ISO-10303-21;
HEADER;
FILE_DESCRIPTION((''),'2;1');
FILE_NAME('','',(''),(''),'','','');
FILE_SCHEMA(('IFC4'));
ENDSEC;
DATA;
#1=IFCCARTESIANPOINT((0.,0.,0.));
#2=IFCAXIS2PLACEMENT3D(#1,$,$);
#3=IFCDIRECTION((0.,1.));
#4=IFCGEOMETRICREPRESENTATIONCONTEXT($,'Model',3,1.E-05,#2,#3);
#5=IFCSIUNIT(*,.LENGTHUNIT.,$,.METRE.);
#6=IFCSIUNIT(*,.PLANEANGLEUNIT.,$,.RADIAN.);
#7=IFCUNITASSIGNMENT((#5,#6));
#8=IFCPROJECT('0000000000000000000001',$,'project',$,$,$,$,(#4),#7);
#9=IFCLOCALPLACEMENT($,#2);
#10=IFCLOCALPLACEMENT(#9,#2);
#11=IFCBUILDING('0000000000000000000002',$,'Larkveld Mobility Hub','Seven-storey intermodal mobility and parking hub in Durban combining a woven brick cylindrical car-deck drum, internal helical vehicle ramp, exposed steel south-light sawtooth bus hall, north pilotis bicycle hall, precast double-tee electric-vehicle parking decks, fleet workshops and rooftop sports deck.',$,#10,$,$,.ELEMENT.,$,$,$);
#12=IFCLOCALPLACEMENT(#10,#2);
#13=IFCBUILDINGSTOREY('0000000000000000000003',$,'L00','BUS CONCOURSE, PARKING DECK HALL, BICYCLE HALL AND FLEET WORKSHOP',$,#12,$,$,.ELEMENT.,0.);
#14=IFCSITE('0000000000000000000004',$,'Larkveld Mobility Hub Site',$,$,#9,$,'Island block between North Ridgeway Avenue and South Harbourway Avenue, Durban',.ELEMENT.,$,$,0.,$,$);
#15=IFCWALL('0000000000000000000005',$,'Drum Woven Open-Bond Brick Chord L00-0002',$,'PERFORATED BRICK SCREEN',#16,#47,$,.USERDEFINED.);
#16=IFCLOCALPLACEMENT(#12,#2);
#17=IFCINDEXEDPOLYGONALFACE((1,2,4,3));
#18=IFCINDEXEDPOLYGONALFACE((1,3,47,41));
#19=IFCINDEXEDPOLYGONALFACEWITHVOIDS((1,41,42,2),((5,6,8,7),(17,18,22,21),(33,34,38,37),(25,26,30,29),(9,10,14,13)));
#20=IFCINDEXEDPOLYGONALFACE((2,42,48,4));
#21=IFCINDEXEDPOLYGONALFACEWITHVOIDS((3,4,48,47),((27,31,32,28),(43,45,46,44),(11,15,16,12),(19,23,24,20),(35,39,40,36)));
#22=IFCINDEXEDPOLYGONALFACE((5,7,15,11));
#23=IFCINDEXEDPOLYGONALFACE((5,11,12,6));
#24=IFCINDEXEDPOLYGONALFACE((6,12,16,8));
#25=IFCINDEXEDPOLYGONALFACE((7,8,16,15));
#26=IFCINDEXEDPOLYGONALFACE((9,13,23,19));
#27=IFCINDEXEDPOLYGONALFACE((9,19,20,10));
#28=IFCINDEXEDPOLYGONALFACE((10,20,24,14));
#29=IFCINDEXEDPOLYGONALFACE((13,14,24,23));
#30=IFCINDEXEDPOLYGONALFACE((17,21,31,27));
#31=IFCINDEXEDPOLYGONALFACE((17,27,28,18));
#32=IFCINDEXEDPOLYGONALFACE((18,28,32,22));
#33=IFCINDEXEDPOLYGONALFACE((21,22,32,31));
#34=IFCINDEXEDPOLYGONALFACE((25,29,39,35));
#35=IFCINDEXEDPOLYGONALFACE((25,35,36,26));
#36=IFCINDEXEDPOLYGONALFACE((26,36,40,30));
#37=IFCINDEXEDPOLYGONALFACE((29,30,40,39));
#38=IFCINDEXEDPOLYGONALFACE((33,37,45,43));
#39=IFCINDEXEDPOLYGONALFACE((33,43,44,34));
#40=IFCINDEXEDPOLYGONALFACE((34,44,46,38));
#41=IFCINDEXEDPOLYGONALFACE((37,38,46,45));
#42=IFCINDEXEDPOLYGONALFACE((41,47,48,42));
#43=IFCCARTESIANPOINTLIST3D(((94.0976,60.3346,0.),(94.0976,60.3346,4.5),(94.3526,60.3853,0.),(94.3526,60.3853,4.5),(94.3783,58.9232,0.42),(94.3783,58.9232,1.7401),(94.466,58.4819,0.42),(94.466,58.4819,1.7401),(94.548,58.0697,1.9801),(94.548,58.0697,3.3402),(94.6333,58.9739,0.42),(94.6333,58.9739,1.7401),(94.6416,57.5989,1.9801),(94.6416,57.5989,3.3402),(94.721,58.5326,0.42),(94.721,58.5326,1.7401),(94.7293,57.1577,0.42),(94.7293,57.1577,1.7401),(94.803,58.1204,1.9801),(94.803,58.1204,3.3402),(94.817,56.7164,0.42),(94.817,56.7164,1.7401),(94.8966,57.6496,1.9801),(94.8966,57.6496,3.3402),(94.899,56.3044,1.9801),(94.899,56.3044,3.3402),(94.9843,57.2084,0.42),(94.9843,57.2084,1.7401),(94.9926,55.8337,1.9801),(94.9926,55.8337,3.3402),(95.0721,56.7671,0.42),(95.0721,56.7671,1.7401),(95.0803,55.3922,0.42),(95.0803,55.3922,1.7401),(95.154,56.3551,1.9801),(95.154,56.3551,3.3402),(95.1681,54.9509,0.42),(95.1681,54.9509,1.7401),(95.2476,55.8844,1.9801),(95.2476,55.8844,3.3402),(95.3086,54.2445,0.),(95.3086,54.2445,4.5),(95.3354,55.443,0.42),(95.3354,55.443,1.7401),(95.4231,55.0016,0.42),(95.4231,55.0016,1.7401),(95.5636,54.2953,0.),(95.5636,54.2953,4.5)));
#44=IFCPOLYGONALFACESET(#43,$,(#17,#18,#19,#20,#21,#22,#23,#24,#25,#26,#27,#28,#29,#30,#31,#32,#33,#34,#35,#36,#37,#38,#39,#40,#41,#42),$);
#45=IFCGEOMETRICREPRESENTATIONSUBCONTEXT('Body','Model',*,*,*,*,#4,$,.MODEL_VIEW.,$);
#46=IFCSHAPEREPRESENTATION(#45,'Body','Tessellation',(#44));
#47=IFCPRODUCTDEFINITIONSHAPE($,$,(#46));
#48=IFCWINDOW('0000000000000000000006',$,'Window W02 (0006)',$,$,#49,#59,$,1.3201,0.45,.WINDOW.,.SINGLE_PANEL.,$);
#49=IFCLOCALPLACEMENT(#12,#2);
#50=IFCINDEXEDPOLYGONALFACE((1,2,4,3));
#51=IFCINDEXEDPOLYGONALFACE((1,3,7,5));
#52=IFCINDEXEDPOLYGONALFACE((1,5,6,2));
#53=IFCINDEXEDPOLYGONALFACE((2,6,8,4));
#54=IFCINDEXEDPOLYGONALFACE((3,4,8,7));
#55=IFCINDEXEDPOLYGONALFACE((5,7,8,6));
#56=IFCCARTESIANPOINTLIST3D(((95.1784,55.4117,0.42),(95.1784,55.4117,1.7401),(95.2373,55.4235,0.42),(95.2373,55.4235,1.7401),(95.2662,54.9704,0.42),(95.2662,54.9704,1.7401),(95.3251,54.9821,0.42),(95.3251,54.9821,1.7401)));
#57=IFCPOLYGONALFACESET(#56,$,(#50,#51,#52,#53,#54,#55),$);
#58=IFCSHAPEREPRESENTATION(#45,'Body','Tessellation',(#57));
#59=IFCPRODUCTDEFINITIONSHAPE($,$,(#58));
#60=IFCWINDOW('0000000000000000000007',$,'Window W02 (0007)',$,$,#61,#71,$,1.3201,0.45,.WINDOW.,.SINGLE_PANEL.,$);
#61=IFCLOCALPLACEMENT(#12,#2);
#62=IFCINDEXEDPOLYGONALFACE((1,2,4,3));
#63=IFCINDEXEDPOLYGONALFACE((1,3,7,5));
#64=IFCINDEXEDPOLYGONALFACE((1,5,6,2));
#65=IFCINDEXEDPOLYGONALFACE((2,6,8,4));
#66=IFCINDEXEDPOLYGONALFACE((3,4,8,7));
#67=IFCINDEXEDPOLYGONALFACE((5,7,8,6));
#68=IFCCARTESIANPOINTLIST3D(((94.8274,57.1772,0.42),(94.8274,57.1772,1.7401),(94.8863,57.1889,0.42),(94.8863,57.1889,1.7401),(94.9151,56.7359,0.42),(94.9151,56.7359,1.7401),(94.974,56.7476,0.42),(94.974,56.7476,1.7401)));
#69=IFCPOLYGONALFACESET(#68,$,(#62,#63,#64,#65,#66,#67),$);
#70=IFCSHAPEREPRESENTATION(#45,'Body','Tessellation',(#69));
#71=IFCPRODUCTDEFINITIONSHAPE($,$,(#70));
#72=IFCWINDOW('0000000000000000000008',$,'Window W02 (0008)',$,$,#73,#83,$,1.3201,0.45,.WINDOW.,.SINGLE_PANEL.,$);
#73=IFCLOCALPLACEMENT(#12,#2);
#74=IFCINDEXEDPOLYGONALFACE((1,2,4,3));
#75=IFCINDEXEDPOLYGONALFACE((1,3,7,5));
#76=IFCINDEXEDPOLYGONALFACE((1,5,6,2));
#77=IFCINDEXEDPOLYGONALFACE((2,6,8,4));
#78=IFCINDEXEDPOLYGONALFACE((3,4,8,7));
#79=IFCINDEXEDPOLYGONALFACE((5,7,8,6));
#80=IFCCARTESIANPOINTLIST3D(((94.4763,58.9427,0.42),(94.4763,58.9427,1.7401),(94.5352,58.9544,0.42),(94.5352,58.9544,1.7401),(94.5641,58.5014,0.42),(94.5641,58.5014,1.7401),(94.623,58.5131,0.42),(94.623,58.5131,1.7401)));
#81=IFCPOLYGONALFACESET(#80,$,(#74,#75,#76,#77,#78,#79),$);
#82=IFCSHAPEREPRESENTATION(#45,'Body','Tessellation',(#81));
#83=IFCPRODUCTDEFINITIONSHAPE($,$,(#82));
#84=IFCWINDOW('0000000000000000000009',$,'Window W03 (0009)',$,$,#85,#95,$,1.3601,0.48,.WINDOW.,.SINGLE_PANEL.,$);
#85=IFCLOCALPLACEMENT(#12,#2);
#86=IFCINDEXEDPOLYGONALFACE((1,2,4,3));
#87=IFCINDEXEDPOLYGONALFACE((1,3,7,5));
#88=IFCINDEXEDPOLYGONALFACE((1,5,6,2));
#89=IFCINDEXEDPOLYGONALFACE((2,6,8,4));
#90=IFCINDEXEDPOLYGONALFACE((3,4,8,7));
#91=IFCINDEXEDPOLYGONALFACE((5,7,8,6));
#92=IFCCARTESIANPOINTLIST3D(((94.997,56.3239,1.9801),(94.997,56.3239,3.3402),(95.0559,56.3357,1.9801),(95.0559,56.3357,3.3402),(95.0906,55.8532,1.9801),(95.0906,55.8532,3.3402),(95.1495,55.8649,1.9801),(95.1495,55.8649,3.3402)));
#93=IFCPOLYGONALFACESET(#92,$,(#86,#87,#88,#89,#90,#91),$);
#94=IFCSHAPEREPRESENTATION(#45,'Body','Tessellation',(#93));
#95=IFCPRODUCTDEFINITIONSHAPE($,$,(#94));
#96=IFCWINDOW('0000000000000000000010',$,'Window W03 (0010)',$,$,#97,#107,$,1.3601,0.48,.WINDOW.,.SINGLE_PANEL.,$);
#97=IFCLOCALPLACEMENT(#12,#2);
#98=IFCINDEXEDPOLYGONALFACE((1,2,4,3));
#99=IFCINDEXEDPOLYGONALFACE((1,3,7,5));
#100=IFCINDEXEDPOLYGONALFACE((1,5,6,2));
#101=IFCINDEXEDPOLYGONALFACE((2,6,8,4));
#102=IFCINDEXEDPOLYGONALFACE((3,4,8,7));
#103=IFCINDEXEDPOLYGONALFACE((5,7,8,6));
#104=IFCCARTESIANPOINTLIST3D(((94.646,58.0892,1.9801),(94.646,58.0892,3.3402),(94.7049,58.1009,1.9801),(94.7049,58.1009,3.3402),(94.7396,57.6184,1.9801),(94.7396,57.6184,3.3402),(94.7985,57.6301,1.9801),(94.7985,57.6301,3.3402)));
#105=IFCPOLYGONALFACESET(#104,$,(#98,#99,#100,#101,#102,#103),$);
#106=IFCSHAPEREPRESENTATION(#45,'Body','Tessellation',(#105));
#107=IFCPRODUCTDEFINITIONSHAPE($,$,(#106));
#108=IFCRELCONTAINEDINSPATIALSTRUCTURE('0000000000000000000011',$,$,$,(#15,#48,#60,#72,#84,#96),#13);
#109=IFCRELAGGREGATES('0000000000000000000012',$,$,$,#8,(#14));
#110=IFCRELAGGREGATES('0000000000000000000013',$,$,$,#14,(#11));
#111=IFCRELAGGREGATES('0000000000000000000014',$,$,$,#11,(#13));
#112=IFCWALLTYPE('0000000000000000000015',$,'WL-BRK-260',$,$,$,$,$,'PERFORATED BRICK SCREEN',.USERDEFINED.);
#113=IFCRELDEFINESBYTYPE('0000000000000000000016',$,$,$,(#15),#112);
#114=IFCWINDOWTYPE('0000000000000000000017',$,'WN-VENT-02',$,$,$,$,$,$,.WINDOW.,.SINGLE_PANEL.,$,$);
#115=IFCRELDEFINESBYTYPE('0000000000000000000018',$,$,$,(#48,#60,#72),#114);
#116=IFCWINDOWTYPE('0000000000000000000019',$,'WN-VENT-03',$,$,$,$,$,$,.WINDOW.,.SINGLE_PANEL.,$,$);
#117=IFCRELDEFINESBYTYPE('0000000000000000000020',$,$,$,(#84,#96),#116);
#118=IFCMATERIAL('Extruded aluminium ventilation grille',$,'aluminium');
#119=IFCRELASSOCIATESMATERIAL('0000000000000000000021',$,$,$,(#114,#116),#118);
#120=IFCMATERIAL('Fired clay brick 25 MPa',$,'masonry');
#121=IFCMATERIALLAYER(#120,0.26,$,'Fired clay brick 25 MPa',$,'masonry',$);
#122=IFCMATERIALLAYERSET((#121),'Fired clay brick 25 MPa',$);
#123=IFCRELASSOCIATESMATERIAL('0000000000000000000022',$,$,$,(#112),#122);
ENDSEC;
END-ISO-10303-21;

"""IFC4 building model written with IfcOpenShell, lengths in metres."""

from ifc_helpers import new_model, si_unit, direction, frame, frame_2d, origin, place, context, subcontext, project, spatial, rectangle, extrude, material, layer, layer_set, type_object, element, fill, save


model = new_model("IFC4")

# Units and contexts
model_context = context("Model", 3, precision=1e-05, world=origin(), true_north=direction((0.0, 1.0)))
body_context = subcontext(model_context, "Body", "Model", "MODEL_VIEW")
ifc_project = project(units=[si_unit("LENGTHUNIT", "METRE"), si_unit("PLANEANGLEUNIT", "RADIAN")], contexts=[model_context])

# Site, building, storey
site_placement = place(None, origin())
site = spatial("IfcSite", under=ifc_project, at=site_placement, Name="Larkveld Mobility Hub Site", LongName="Island block between North Ridgeway Avenue and South Harbourway Avenue, Durban", CompositionType="ELEMENT", RefElevation=0.0)
building_placement = place(site_placement, origin())
building = spatial("IfcBuilding", under=site, at=building_placement, Name="Larkveld Mobility Hub", Description="Seven-storey intermodal mobility and parking hub in Durban combining a woven brick cylindrical car-deck drum, internal helical vehicle ramp, exposed steel south-light sawtooth bus hall, north pilotis bicycle hall, precast double-tee electric-vehicle parking decks, fleet workshops and rooftop sports deck.", CompositionType="ELEMENT")
storey_placement = place(building_placement, origin())
storey = spatial("IfcBuildingStorey", under=building, at=storey_placement, Name="L00", Description="BUS CONCOURSE, PARKING DECK HALL, BICYCLE HALL AND FLEET WORKSHOP", CompositionType="ELEMENT", Elevation=0.0)

# Wall, openings, windows
ifc_material_1 = material(Name="Fired clay brick 25 MPa", Category="masonry")
ifc_material_2 = material(Name="Extruded aluminium ventilation grille", Category="aluminium")
window_type_1 = type_object("IfcWindowType", Name="WN-VENT-02", PartitioningType="SINGLE_PANEL", PredefinedType="WINDOW", material=ifc_material_2)
ifc_layer_1 = layer(ifc_material_1, 0.26, Name="Fired clay brick 25 MPa", Category="masonry")
ifc_layer_set_1 = layer_set([ifc_layer_1], Name="Fired clay brick 25 MPa")
wall_type_1 = type_object("IfcWallType", Name="WL-BRK-260", ElementType="PERFORATED BRICK SCREEN", PredefinedType="USERDEFINED", material=ifc_layer_set_1)
wall_1_placement = place(storey_placement, frame((95.436, 54.27, 0.0), z_axis=(0.0, 0.0, 1.0), x_axis=(-0.19502, 0.980799, 0.0)))
wall_1 = element("IfcWall", 1, at=wall_1_placement, inside=storey, type_object=wall_type_1, Name="Drum Woven Open-Bond Brick Chord L00-0002", ObjectType="PERFORATED BRICK SCREEN", PredefinedType="USERDEFINED", context=body_context, shape_type="SweptSolid", body=[
    extrude(rectangle(XDim=6.2092, YDim=0.26, at=frame_2d((3.1045, 0.0))), origin(), (0.0, 0.0, 1.0), 4.5),
])
opening_1_placement = place(wall_1_placement, frame((0.72, 0.0, 0.4199)))
opening_1 = element("IfcOpeningElement", 2, at=opening_1_placement, cuts=wall_1, PredefinedType="OPENING", context=body_context, shape_type="SweptSolid", body=[
    extrude(rectangle(XDim=0.45, YDim=1.3201, at=frame_2d((0.2251, 0.6602))), frame((0.0, 0.1401, 0.0), z_axis=(0.0, -1.0, 0.0), x_axis=(1.0, 0.0, 0.0)), (0.0, 0.0, 1.0), 0.28),
])
opening_2_placement = place(wall_1_placement, frame((2.52, 0.0, 0.4199)))
opening_2 = element("IfcOpeningElement", 3, at=opening_2_placement, cuts=wall_1, PredefinedType="OPENING", context=body_context, shape_type="SweptSolid", body=[
    extrude(rectangle(XDim=0.45, YDim=1.3201, at=frame_2d((0.2251, 0.6602))), frame((0.0, 0.1401, 0.0), z_axis=(0.0, -1.0, 0.0), x_axis=(1.0, 0.0, 0.0)), (0.0, 0.0, 1.0), 0.28),
])
opening_3_placement = place(wall_1_placement, frame((4.3201, 0.0, 0.4199)))
opening_3 = element("IfcOpeningElement", 4, at=opening_3_placement, cuts=wall_1, PredefinedType="OPENING", context=body_context, shape_type="SweptSolid", body=[
    extrude(rectangle(XDim=0.45, YDim=1.3201, at=frame_2d((0.2251, 0.6602))), frame((0.0, 0.1401, 0.0), z_axis=(0.0, -1.0, 0.0), x_axis=(1.0, 0.0, 0.0)), (0.0, 0.0, 1.0), 0.28),
])
opening_4_placement = place(wall_1_placement, frame((1.6201, 0.0, 1.98)))
opening_4 = element("IfcOpeningElement", 5, at=opening_4_placement, cuts=wall_1, PredefinedType="OPENING", context=body_context, shape_type="SweptSolid", body=[
    extrude(rectangle(XDim=0.48, YDim=1.3601, at=frame_2d((0.24, 0.6802))), frame((0.0, 0.1401, 0.0), z_axis=(0.0, -1.0, 0.0), x_axis=(1.0, 0.0, 0.0)), (0.0, 0.0, 1.0), 0.28),
])
opening_5_placement = place(wall_1_placement, frame((3.4199, 0.0, 1.98)))
opening_5 = element("IfcOpeningElement", 6, at=opening_5_placement, cuts=wall_1, PredefinedType="OPENING", context=body_context, shape_type="SweptSolid", body=[
    extrude(rectangle(XDim=0.48, YDim=1.3601, at=frame_2d((0.24, 0.6802))), frame((0.0, 0.1401, 0.0), z_axis=(0.0, -1.0, 0.0), x_axis=(1.0, 0.0, 0.0)), (0.0, 0.0, 1.0), 0.28),
])
window_1_placement = place(opening_1_placement, origin())
window_1 = element("IfcWindow", 7, at=window_1_placement, inside=storey, type_object=window_type_1, Name="Window W02 (0006)", OverallHeight=1.3201, OverallWidth=0.45, PartitioningType="SINGLE_PANEL", PredefinedType="WINDOW", context=body_context, shape_type="SweptSolid", body=[
    extrude(rectangle(XDim=0.45, YDim=1.3201, at=frame_2d((0.2251, 0.6602))), frame((0.0, 0.03, 0.0), z_axis=(0.0, -1.0, 0.0), x_axis=(1.0, 0.0, 0.0)), (0.0, 0.0, 1.0), 0.0601),
])
fill(opening_1, window_1)
window_2_placement = place(opening_2_placement, origin())
window_2 = element("IfcWindow", 8, at=window_2_placement, inside=storey, type_object=window_type_1, Name="Window W02 (0007)", OverallHeight=1.3201, OverallWidth=0.45, PartitioningType="SINGLE_PANEL", PredefinedType="WINDOW", context=body_context, shape_type="SweptSolid", body=[
    extrude(rectangle(XDim=0.45, YDim=1.3201, at=frame_2d((0.2251, 0.6602))), frame((0.0, 0.03, 0.0), z_axis=(0.0, -1.0, 0.0), x_axis=(1.0, 0.0, 0.0)), (0.0, 0.0, 1.0), 0.0601),
])
fill(opening_2, window_2)
window_3_placement = place(opening_3_placement, origin())
window_3 = element("IfcWindow", 9, at=window_3_placement, inside=storey, type_object=window_type_1, Name="Window W02 (0008)", OverallHeight=1.3201, OverallWidth=0.45, PartitioningType="SINGLE_PANEL", PredefinedType="WINDOW", context=body_context, shape_type="SweptSolid", body=[
    extrude(rectangle(XDim=0.45, YDim=1.3201, at=frame_2d((0.2251, 0.6602))), frame((0.0, 0.03, 0.0), z_axis=(0.0, -1.0, 0.0), x_axis=(1.0, 0.0, 0.0)), (0.0, 0.0, 1.0), 0.0601),
])
fill(opening_3, window_3)
window_type_2 = type_object("IfcWindowType", Name="WN-VENT-03", PartitioningType="SINGLE_PANEL", PredefinedType="WINDOW", material=ifc_material_2)
window_4_placement = place(opening_4_placement, origin())
window_4 = element("IfcWindow", 10, at=window_4_placement, inside=storey, type_object=window_type_2, Name="Window W03 (0009)", OverallHeight=1.3601, OverallWidth=0.48, PartitioningType="SINGLE_PANEL", PredefinedType="WINDOW", context=body_context, shape_type="SweptSolid", body=[
    extrude(rectangle(XDim=0.48, YDim=1.3601, at=frame_2d((0.24, 0.6802))), frame((0.0, 0.03, 0.0), z_axis=(0.0, -1.0, 0.0), x_axis=(1.0, 0.0, 0.0)), (0.0, 0.0, 1.0), 0.0601),
])
fill(opening_4, window_4)
window_5_placement = place(opening_5_placement, origin())
window_5 = element("IfcWindow", 11, at=window_5_placement, inside=storey, type_object=window_type_2, Name="Window W03 (0010)", OverallHeight=1.3601, OverallWidth=0.48, PartitioningType="SINGLE_PANEL", PredefinedType="WINDOW", context=body_context, shape_type="SweptSolid", body=[
    extrude(rectangle(XDim=0.48, YDim=1.3601, at=frame_2d((0.24, 0.6802))), frame((0.0, 0.03, 0.0), z_axis=(0.0, -1.0, 0.0), x_axis=(1.0, 0.0, 0.0)), (0.0, 0.0, 1.0), 0.0601),
])
fill(opening_5, window_5)

save(model, "model.ifc")
